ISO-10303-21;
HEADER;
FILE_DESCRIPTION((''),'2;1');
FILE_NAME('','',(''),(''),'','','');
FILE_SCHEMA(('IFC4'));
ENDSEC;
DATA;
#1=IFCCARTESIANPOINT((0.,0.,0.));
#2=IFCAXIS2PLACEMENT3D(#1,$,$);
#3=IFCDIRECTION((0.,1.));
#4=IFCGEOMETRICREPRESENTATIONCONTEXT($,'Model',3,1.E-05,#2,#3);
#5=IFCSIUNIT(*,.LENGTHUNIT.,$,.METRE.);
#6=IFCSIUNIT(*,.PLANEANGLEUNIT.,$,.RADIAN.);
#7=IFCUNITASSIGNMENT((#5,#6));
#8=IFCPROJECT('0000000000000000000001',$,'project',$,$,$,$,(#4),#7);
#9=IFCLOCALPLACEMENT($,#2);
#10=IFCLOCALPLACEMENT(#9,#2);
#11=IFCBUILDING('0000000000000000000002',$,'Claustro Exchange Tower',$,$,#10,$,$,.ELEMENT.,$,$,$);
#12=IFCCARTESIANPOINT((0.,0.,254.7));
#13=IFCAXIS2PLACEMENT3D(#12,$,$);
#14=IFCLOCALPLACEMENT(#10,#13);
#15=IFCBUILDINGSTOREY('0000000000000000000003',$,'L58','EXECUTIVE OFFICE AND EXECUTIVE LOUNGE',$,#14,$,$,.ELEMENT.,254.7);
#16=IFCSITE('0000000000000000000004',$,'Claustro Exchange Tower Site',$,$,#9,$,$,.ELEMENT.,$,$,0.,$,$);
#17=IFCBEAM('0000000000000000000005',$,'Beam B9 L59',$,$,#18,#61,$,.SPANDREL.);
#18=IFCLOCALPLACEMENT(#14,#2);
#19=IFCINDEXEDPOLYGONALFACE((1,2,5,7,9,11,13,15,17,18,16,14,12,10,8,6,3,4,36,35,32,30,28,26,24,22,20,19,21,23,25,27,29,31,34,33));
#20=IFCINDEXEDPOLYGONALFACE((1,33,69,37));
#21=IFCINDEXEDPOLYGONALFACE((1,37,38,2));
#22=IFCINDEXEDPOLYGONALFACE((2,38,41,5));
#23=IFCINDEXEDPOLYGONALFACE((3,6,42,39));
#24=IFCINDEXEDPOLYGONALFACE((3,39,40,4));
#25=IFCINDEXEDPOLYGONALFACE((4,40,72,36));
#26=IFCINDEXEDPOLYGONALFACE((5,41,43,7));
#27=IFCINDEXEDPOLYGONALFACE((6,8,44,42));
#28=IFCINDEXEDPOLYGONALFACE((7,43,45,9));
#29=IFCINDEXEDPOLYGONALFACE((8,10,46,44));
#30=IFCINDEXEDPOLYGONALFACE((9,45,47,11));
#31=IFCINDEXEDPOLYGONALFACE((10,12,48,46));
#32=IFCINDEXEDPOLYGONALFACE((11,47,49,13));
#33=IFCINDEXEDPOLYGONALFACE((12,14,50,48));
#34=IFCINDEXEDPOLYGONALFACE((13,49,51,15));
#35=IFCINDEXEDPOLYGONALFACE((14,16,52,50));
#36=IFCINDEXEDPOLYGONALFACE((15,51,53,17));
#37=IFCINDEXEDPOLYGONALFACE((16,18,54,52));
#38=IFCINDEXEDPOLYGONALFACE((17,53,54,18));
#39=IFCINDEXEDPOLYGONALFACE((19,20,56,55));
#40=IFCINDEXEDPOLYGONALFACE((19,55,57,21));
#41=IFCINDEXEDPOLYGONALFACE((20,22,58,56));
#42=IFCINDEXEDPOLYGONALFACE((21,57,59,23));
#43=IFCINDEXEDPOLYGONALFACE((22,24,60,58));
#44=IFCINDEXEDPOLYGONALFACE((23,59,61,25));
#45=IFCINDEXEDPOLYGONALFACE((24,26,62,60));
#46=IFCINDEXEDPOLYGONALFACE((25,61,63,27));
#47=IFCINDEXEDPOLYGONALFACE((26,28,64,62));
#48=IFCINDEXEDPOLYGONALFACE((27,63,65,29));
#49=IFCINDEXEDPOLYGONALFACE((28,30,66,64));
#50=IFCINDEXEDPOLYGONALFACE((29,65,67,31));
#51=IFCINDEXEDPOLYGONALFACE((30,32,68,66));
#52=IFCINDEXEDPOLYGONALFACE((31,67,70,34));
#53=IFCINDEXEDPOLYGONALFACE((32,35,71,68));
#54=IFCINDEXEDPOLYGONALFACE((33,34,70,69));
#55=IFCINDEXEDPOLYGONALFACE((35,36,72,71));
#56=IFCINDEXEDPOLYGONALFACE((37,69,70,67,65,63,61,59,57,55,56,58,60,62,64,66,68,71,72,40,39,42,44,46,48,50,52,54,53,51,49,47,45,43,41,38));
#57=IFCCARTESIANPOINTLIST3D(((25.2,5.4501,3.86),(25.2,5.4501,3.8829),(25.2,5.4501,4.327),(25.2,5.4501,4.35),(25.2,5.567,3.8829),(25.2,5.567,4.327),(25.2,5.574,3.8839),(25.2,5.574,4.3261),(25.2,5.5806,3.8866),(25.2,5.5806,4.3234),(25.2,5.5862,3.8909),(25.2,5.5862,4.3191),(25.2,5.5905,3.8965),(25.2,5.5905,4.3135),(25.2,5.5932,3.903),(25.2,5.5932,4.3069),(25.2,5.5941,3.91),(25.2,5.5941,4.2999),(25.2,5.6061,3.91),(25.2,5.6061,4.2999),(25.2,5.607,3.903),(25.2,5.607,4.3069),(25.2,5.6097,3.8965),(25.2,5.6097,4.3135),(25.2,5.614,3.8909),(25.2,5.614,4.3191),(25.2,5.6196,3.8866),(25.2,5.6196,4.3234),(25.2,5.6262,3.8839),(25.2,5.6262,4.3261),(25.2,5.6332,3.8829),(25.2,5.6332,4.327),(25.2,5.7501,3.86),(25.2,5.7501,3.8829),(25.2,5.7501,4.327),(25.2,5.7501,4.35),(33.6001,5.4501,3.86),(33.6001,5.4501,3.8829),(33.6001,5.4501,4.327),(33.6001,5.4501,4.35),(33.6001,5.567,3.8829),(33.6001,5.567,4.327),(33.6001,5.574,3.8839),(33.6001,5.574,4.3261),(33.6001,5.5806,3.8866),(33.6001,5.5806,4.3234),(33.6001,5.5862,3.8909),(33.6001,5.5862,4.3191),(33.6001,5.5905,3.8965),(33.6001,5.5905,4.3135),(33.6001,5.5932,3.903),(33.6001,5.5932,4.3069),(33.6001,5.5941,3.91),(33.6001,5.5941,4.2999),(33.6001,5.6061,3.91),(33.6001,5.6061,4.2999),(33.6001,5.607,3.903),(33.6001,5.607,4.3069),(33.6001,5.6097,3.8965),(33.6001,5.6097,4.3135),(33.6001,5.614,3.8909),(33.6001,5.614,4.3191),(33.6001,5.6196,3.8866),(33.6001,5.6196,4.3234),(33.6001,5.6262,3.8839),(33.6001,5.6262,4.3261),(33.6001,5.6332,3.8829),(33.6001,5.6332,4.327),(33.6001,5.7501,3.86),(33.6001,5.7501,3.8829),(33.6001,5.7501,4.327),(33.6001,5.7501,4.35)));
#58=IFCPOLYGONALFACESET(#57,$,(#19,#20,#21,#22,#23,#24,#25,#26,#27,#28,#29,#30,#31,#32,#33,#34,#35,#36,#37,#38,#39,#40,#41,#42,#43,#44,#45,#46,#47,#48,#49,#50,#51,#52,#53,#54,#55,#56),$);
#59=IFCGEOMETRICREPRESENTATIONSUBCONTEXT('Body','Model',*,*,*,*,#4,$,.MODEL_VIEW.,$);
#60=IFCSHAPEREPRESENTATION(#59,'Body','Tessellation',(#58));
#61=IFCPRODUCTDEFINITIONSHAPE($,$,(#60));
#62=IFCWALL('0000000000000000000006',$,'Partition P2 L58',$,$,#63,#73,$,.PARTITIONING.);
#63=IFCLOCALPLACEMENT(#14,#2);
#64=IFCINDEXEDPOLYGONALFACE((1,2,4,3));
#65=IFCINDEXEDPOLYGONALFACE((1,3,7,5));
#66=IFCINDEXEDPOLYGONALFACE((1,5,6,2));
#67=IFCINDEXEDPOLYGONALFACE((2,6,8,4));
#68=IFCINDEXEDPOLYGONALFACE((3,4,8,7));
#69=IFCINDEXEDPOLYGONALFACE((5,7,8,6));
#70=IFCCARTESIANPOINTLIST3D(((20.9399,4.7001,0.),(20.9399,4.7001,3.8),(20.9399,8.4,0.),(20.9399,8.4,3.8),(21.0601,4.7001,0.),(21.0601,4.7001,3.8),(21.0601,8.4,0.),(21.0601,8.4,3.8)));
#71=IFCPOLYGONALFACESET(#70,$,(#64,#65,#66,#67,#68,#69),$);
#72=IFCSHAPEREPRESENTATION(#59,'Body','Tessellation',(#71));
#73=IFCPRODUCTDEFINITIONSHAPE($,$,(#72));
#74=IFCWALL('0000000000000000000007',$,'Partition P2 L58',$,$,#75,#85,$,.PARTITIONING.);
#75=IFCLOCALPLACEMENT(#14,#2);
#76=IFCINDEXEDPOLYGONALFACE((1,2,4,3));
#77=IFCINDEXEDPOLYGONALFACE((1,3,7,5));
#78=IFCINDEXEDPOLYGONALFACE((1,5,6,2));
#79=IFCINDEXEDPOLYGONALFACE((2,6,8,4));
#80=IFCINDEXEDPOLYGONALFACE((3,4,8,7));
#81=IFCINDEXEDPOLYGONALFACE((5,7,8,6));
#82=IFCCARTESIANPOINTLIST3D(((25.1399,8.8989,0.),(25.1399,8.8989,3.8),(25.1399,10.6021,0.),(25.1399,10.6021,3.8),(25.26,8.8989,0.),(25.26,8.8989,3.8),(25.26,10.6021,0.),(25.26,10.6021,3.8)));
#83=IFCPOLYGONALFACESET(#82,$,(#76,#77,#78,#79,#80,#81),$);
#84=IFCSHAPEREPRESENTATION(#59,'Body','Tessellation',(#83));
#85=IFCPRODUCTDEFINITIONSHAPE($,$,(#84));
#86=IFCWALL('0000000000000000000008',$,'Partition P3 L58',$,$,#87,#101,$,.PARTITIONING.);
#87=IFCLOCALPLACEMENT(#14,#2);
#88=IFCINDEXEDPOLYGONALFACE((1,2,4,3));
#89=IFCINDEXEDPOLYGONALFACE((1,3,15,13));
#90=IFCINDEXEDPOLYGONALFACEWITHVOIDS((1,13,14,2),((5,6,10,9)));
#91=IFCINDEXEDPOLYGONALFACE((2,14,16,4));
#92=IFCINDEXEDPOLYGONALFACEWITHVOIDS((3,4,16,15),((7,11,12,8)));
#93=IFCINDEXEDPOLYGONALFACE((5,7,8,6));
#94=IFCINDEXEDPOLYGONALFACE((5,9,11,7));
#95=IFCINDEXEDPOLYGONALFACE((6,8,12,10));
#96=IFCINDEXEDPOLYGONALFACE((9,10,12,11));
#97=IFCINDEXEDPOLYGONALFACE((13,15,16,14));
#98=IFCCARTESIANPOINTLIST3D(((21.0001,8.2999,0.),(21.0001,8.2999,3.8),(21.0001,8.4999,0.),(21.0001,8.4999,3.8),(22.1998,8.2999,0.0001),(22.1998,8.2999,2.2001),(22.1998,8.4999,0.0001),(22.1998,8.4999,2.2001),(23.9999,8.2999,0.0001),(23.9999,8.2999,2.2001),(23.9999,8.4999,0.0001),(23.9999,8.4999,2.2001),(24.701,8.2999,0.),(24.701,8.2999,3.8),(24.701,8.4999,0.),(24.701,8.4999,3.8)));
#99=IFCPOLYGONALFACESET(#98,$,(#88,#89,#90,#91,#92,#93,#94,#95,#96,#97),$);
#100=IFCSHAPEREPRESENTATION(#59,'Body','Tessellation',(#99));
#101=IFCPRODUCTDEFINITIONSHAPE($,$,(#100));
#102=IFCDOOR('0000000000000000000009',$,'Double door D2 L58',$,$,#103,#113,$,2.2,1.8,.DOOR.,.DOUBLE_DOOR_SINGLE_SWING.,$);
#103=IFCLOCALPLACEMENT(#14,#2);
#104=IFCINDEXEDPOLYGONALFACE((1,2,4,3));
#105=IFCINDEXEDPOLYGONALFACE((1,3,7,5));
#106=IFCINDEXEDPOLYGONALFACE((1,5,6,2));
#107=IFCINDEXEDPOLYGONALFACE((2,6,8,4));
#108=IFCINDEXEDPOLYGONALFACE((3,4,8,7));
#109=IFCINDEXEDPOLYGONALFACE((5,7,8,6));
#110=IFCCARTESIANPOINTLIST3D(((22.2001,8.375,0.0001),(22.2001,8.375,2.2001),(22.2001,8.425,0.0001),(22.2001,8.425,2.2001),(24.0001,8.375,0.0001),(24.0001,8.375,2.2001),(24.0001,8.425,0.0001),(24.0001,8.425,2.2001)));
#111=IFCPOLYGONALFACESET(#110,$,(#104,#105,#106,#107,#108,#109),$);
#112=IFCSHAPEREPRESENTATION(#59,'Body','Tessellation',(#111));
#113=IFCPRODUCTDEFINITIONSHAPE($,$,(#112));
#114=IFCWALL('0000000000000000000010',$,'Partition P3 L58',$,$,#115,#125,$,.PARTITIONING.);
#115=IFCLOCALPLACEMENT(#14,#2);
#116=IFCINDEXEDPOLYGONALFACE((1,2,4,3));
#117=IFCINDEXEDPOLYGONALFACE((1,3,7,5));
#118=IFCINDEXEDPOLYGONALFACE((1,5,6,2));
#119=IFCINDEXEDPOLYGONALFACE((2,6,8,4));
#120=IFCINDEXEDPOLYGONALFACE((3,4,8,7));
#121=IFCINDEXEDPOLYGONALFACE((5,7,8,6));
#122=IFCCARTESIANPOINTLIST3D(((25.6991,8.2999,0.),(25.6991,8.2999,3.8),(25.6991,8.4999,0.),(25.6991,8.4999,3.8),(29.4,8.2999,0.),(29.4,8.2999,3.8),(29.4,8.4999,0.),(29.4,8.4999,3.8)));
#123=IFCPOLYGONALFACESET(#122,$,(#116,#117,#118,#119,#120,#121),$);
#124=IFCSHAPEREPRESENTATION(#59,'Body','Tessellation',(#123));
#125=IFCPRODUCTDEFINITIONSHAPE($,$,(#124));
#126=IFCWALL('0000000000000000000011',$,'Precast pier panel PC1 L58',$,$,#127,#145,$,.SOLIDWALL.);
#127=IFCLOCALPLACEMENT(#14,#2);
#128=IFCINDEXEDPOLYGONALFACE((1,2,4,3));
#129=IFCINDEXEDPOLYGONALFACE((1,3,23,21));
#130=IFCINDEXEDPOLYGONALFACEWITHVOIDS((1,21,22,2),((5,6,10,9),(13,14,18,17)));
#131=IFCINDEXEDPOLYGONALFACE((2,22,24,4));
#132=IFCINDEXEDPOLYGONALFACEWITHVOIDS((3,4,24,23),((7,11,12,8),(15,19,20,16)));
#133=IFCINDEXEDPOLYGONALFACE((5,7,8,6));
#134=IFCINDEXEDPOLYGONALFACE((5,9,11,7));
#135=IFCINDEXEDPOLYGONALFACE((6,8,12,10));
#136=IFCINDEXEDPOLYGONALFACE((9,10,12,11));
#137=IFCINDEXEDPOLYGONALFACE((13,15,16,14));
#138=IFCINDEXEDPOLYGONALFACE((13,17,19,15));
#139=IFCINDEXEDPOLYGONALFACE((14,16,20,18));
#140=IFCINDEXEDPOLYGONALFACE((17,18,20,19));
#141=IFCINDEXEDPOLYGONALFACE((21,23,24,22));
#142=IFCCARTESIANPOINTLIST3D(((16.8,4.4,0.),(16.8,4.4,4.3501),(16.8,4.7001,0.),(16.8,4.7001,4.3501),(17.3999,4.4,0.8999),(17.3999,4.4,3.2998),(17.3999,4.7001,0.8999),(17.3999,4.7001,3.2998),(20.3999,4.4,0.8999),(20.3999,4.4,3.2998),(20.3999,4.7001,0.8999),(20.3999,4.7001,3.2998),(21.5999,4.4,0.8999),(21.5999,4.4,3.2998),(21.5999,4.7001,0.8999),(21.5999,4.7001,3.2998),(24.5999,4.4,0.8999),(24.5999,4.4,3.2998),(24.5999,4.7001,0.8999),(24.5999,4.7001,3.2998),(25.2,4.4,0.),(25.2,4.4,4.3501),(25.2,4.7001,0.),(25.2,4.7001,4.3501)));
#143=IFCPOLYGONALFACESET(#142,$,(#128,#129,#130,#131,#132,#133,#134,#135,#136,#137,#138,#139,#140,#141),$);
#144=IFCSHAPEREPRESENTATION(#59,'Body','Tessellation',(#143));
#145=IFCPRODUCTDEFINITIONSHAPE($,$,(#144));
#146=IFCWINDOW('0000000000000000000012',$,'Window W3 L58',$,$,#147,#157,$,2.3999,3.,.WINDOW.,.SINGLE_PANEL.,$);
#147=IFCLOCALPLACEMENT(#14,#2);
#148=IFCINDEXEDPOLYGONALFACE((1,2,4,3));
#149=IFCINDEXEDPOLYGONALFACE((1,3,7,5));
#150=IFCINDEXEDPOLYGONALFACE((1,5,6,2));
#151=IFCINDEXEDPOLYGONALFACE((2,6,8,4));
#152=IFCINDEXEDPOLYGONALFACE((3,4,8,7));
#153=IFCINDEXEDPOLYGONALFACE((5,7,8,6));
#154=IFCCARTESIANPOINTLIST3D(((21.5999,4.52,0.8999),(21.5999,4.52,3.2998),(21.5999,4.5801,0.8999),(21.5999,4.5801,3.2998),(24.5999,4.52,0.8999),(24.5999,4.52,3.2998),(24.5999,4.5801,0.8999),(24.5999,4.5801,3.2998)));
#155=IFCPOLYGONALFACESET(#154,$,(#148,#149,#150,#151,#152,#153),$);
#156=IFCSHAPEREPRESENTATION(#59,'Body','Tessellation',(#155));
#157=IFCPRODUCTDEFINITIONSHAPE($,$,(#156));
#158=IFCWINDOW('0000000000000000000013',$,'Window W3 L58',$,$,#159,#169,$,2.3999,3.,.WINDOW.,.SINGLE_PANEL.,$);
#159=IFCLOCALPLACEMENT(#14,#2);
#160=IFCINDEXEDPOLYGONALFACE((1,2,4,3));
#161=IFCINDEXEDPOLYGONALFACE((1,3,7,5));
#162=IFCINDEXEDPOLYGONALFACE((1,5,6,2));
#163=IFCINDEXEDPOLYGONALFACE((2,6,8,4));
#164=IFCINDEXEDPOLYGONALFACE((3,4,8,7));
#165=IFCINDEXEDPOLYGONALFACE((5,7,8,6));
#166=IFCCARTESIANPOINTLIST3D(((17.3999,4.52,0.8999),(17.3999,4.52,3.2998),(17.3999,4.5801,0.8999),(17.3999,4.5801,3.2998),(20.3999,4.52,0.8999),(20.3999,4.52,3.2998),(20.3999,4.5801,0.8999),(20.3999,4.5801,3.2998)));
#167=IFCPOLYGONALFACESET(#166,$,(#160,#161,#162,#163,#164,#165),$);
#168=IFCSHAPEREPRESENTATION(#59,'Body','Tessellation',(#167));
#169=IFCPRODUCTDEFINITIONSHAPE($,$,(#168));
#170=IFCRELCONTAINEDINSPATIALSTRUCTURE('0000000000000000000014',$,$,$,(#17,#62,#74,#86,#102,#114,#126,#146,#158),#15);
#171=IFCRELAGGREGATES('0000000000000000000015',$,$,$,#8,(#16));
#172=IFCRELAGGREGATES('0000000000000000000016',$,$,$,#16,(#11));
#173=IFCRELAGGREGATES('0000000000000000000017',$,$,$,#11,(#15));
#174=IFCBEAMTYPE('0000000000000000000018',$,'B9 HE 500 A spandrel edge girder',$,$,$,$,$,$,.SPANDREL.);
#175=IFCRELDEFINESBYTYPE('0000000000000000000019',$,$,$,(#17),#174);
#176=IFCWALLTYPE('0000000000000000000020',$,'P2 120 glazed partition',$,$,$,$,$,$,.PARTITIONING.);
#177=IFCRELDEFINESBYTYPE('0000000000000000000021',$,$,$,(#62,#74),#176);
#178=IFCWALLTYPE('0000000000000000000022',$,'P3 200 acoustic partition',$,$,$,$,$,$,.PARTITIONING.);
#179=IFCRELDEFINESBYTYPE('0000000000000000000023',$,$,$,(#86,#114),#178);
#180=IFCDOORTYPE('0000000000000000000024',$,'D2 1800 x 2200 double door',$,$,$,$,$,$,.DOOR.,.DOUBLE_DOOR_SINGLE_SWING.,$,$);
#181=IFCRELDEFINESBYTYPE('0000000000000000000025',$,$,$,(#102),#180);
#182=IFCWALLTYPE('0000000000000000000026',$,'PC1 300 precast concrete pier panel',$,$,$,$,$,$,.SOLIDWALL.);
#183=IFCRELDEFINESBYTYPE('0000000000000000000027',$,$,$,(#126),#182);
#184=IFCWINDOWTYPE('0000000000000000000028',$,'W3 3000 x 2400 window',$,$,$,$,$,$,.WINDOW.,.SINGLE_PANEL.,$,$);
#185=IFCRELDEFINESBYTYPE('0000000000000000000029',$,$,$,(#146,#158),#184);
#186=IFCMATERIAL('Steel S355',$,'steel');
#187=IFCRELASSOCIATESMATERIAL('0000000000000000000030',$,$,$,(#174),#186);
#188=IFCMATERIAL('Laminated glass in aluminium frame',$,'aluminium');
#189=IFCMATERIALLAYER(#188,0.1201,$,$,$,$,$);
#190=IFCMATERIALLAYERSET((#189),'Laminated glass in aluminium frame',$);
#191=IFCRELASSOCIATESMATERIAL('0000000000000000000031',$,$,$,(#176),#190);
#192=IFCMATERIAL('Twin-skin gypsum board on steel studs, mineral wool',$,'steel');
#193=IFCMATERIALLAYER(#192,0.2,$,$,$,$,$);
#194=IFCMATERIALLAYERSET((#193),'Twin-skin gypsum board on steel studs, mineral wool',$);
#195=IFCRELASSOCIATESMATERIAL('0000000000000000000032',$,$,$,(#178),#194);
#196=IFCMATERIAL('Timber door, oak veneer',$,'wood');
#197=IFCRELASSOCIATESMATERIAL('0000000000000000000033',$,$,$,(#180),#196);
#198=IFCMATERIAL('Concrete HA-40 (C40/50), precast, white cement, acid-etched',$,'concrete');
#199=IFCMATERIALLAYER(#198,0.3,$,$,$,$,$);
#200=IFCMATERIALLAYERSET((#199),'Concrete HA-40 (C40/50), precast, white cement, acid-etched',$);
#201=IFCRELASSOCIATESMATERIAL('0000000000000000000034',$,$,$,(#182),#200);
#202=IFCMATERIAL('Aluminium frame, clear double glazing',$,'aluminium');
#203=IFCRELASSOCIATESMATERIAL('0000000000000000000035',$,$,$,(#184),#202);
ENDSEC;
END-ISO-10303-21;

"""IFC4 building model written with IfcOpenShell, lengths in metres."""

from ifc_helpers import new_model, si_unit, direction, frame, frame_2d, origin, origin_2d, place, context, subcontext, project, spatial, rectangle, i_section, extrude, material, layer, layer_set, material_profile, profile_set, type_object, element, fill, save


model = new_model("IFC4")

# Units and contexts
model_context = context("Model", 3, precision=1e-05, world=origin(), true_north=direction((0.0, 1.0)))
body_context = subcontext(model_context, "Body", "Model", "MODEL_VIEW")
ifc_project = project(units=[si_unit("LENGTHUNIT", "METRE"), si_unit("PLANEANGLEUNIT", "RADIAN")], contexts=[model_context])

# Site, building, storey
site_placement = place(None, origin())
site = spatial("IfcSite", under=ifc_project, at=site_placement, Name="Claustro Exchange Tower Site", CompositionType="ELEMENT", RefElevation=0.0)
building_placement = place(site_placement, origin())
building = spatial("IfcBuilding", under=site, at=building_placement, Name="Claustro Exchange Tower", CompositionType="ELEMENT")
storey_placement = place(building_placement, frame((0.0, 0.0, 254.7)))
storey = spatial("IfcBuildingStorey", under=building, at=storey_placement, Name="L58", Description="EXECUTIVE OFFICE AND EXECUTIVE LOUNGE", CompositionType="ELEMENT", Elevation=254.7)

# Beam
ifc_material_1 = material(Name="Steel S355", Category="steel")
ifc_material_profile_1 = material_profile(ifc_material_1, i_section(OverallWidth=0.3, OverallDepth=0.49, WebThickness=0.012, FlangeThickness=0.0229, FilletRadius=0.0271, at=origin_2d()), Name="HE 500 A")
ifc_profile_set_1 = profile_set([ifc_material_profile_1], Name="Steel S355")
beam_type_1 = type_object("IfcBeamType", Name="B9 HE 500 A spandrel edge girder", PredefinedType="SPANDREL", material=ifc_profile_set_1)
beam_1_placement = place(storey_placement, frame((25.2, 5.6001, 4.105), z_axis=(1.0, 0.0, 0.0), x_axis=(0.0, 1.0, 0.0)))
element("IfcBeam", 1, at=beam_1_placement, inside=storey, type_object=beam_type_1, Name="Beam B9 L59", PredefinedType="SPANDREL", context=body_context, shape_type="SweptSolid", body=[
    extrude(i_section(OverallWidth=0.3, OverallDepth=0.49, WebThickness=0.012, FlangeThickness=0.0229, FilletRadius=0.0271, at=origin_2d()), origin(), (0.0, 0.0, 1.0), 8.4001),
])

# Walls
ifc_material_2 = material(Name="Laminated glass in aluminium frame", Category="aluminium")
ifc_layer_1 = layer(ifc_material_2, 0.1201)
ifc_layer_set_1 = layer_set([ifc_layer_1], Name="Laminated glass in aluminium frame")
wall_type_1 = type_object("IfcWallType", Name="P2 120 glazed partition", PredefinedType="PARTITIONING", material=ifc_layer_set_1)
wall_1_placement = place(storey_placement, frame((21.0, 4.7, 0.0), z_axis=(0.0, 0.0, 1.0), x_axis=(0.0, 1.0, 0.0)))
element("IfcWall", 2, at=wall_1_placement, inside=storey, type_object=wall_type_1, Name="Partition P2 L58", PredefinedType="PARTITIONING", context=body_context, shape_type="SweptSolid", body=[
    extrude(rectangle(XDim=3.7, YDim=0.1201, at=frame_2d((1.8501, 0.0))), origin(), (0.0, 0.0, 1.0), 3.8),
])
wall_2_placement = place(storey_placement, frame((25.2, 8.8989, 0.0), z_axis=(0.0, 0.0, 1.0), x_axis=(0.0, 1.0, 0.0)))
element("IfcWall", 3, at=wall_2_placement, inside=storey, type_object=wall_type_1, Name="Partition P2 L58", PredefinedType="PARTITIONING", context=body_context, shape_type="SweptSolid", body=[
    extrude(rectangle(XDim=1.7031, YDim=0.1201, at=frame_2d((0.8516, 0.0))), origin(), (0.0, 0.0, 1.0), 3.8),
])

# Wall, opening, door
ifc_material_3 = material(Name="Twin-skin gypsum board on steel studs, mineral wool", Category="steel")
ifc_layer_2 = layer(ifc_material_3, 0.2)
ifc_layer_set_2 = layer_set([ifc_layer_2], Name="Twin-skin gypsum board on steel studs, mineral wool")
wall_type_2 = type_object("IfcWallType", Name="P3 200 acoustic partition", PredefinedType="PARTITIONING", material=ifc_layer_set_2)
wall_3_placement = place(storey_placement, frame((21.0, 8.3999, 0.0), z_axis=(0.0, 0.0, 1.0), x_axis=(1.0, 0.0, 0.0)))
wall_3 = element("IfcWall", 4, at=wall_3_placement, inside=storey, type_object=wall_type_2, Name="Partition P3 L58", PredefinedType="PARTITIONING", context=body_context, shape_type="SweptSolid", body=[
    extrude(rectangle(XDim=3.7009, YDim=0.2, at=frame_2d((1.8506, 0.0))), origin(), (0.0, 0.0, 1.0), 3.8),
])
opening_1_placement = place(wall_3_placement, frame((1.2, 0.0, 0.0)))
opening_1 = element("IfcOpeningElement", 5, at=opening_1_placement, cuts=wall_3, PredefinedType="OPENING", context=body_context, shape_type="SweptSolid", body=[
    extrude(rectangle(XDim=1.8, YDim=2.2, at=frame_2d((0.8999, 1.1001))), frame((0.0, 0.1099, 0.0), z_axis=(0.0, -1.0, 0.0), x_axis=(1.0, 0.0, 0.0)), (0.0, 0.0, 1.0), 0.22),
])
ifc_material_4 = material(Name="Timber door, oak veneer", Category="wood")
door_type = type_object("IfcDoorType", Name="D2 1800 x 2200 double door", OperationType="DOUBLE_DOOR_SINGLE_SWING", PredefinedType="DOOR", material=ifc_material_4)
door_placement = place(opening_1_placement, frame((1.8, 0.0, 0.0), z_axis=(0.0, 0.0, 1.0), x_axis=(-1.0, 0.0, 0.0)))
door = element("IfcDoor", 6, at=door_placement, inside=storey, type_object=door_type, Name="Double door D2 L58", OperationType="DOUBLE_DOOR_SINGLE_SWING", OverallHeight=2.2, OverallWidth=1.8, PredefinedType="DOOR", context=body_context, shape_type="SweptSolid", body=[
    extrude(rectangle(XDim=1.8, YDim=2.2, at=frame_2d((0.8999, 1.1001))), frame((0.0, 0.0249, 0.0), z_axis=(0.0, -1.0, 0.0), x_axis=(1.0, 0.0, 0.0)), (0.0, 0.0, 1.0), 0.05),
])
fill(opening_1, door)

# Wall
wall_4_placement = place(storey_placement, frame((25.699, 8.3999, 0.0), z_axis=(0.0, 0.0, 1.0), x_axis=(1.0, 0.0, 0.0)))
element("IfcWall", 7, at=wall_4_placement, inside=storey, type_object=wall_type_2, Name="Partition P3 L58", PredefinedType="PARTITIONING", context=body_context, shape_type="SweptSolid", body=[
    extrude(rectangle(XDim=3.7009, YDim=0.2, at=frame_2d((1.8506, 0.0))), origin(), (0.0, 0.0, 1.0), 3.8),
])

# Wall, openings, windows
ifc_material_5 = material(Name="Concrete HA-40 (C40/50), precast, white cement, acid-etched", Category="concrete")
ifc_layer_3 = layer(ifc_material_5, 0.3)
ifc_layer_set_3 = layer_set([ifc_layer_3], Name="Concrete HA-40 (C40/50), precast, white cement, acid-etched")
wall_type_3 = type_object("IfcWallType", Name="PC1 300 precast concrete pier panel", PredefinedType="SOLIDWALL", material=ifc_layer_set_3)
wall_5_placement = place(storey_placement, frame((25.2, 4.55, 0.0), z_axis=(0.0, 0.0, 1.0), x_axis=(-1.0, 0.0, 0.0)))
wall_5 = element("IfcWall", 8, at=wall_5_placement, inside=storey, type_object=wall_type_3, Name="Precast pier panel PC1 L58", PredefinedType="SOLIDWALL", context=body_context, shape_type="SweptSolid", body=[
    extrude(rectangle(XDim=8.3999, YDim=0.3, at=frame_2d((4.2, 0.0))), origin(), (0.0, 0.0, 1.0), 4.3501),
])
opening_2_placement = place(wall_5_placement, frame((0.6001, 0.0, 0.8999)))
opening_2 = element("IfcOpeningElement", 9, at=opening_2_placement, cuts=wall_5, PredefinedType="OPENING", context=body_context, shape_type="SweptSolid", body=[
    extrude(rectangle(XDim=3.0, YDim=2.3999, at=frame_2d((1.5, 1.2))), frame((0.0, 0.1599, 0.0), z_axis=(0.0, -1.0, 0.0), x_axis=(1.0, 0.0, 0.0)), (0.0, 0.0, 1.0), 0.3201),
])
opening_3_placement = place(wall_5_placement, frame((4.8, 0.0, 0.8999)))
opening_3 = element("IfcOpeningElement", 10, at=opening_3_placement, cuts=wall_5, PredefinedType="OPENING", context=body_context, shape_type="SweptSolid", body=[
    extrude(rectangle(XDim=3.0, YDim=2.3999, at=frame_2d((1.5, 1.2))), frame((0.0, 0.1599, 0.0), z_axis=(0.0, -1.0, 0.0), x_axis=(1.0, 0.0, 0.0)), (0.0, 0.0, 1.0), 0.3201),
])
ifc_material_6 = material(Name="Aluminium frame, clear double glazing", Category="aluminium")
window_type_1 = type_object("IfcWindowType", Name="W3 3000 x 2400 window", PartitioningType="SINGLE_PANEL", PredefinedType="WINDOW", material=ifc_material_6)
window_1_placement = place(opening_2_placement, origin())
window_1 = element("IfcWindow", 11, at=window_1_placement, inside=storey, type_object=window_type_1, Name="Window W3 L58", OverallHeight=2.3999, OverallWidth=3.0, PartitioningType="SINGLE_PANEL", PredefinedType="WINDOW", context=body_context, shape_type="SweptSolid", body=[
    extrude(rectangle(XDim=3.0, YDim=2.3999, at=frame_2d((1.5, 1.2))), frame((0.0, 0.03, 0.0), z_axis=(0.0, -1.0, 0.0), x_axis=(1.0, 0.0, 0.0)), (0.0, 0.0, 1.0), 0.0601),
])
fill(opening_2, window_1)
window_2_placement = place(opening_3_placement, origin())
window_2 = element("IfcWindow", 12, at=window_2_placement, inside=storey, type_object=window_type_1, Name="Window W3 L58", OverallHeight=2.3999, OverallWidth=3.0, PartitioningType="SINGLE_PANEL", PredefinedType="WINDOW", context=body_context, shape_type="SweptSolid", body=[
    extrude(rectangle(XDim=3.0, YDim=2.3999, at=frame_2d((1.5, 1.2))), frame((0.0, 0.03, 0.0), z_axis=(0.0, -1.0, 0.0), x_axis=(1.0, 0.0, 0.0)), (0.0, 0.0, 1.0), 0.0601),
])
fill(opening_3, window_2)

save(model, "model.ifc")
